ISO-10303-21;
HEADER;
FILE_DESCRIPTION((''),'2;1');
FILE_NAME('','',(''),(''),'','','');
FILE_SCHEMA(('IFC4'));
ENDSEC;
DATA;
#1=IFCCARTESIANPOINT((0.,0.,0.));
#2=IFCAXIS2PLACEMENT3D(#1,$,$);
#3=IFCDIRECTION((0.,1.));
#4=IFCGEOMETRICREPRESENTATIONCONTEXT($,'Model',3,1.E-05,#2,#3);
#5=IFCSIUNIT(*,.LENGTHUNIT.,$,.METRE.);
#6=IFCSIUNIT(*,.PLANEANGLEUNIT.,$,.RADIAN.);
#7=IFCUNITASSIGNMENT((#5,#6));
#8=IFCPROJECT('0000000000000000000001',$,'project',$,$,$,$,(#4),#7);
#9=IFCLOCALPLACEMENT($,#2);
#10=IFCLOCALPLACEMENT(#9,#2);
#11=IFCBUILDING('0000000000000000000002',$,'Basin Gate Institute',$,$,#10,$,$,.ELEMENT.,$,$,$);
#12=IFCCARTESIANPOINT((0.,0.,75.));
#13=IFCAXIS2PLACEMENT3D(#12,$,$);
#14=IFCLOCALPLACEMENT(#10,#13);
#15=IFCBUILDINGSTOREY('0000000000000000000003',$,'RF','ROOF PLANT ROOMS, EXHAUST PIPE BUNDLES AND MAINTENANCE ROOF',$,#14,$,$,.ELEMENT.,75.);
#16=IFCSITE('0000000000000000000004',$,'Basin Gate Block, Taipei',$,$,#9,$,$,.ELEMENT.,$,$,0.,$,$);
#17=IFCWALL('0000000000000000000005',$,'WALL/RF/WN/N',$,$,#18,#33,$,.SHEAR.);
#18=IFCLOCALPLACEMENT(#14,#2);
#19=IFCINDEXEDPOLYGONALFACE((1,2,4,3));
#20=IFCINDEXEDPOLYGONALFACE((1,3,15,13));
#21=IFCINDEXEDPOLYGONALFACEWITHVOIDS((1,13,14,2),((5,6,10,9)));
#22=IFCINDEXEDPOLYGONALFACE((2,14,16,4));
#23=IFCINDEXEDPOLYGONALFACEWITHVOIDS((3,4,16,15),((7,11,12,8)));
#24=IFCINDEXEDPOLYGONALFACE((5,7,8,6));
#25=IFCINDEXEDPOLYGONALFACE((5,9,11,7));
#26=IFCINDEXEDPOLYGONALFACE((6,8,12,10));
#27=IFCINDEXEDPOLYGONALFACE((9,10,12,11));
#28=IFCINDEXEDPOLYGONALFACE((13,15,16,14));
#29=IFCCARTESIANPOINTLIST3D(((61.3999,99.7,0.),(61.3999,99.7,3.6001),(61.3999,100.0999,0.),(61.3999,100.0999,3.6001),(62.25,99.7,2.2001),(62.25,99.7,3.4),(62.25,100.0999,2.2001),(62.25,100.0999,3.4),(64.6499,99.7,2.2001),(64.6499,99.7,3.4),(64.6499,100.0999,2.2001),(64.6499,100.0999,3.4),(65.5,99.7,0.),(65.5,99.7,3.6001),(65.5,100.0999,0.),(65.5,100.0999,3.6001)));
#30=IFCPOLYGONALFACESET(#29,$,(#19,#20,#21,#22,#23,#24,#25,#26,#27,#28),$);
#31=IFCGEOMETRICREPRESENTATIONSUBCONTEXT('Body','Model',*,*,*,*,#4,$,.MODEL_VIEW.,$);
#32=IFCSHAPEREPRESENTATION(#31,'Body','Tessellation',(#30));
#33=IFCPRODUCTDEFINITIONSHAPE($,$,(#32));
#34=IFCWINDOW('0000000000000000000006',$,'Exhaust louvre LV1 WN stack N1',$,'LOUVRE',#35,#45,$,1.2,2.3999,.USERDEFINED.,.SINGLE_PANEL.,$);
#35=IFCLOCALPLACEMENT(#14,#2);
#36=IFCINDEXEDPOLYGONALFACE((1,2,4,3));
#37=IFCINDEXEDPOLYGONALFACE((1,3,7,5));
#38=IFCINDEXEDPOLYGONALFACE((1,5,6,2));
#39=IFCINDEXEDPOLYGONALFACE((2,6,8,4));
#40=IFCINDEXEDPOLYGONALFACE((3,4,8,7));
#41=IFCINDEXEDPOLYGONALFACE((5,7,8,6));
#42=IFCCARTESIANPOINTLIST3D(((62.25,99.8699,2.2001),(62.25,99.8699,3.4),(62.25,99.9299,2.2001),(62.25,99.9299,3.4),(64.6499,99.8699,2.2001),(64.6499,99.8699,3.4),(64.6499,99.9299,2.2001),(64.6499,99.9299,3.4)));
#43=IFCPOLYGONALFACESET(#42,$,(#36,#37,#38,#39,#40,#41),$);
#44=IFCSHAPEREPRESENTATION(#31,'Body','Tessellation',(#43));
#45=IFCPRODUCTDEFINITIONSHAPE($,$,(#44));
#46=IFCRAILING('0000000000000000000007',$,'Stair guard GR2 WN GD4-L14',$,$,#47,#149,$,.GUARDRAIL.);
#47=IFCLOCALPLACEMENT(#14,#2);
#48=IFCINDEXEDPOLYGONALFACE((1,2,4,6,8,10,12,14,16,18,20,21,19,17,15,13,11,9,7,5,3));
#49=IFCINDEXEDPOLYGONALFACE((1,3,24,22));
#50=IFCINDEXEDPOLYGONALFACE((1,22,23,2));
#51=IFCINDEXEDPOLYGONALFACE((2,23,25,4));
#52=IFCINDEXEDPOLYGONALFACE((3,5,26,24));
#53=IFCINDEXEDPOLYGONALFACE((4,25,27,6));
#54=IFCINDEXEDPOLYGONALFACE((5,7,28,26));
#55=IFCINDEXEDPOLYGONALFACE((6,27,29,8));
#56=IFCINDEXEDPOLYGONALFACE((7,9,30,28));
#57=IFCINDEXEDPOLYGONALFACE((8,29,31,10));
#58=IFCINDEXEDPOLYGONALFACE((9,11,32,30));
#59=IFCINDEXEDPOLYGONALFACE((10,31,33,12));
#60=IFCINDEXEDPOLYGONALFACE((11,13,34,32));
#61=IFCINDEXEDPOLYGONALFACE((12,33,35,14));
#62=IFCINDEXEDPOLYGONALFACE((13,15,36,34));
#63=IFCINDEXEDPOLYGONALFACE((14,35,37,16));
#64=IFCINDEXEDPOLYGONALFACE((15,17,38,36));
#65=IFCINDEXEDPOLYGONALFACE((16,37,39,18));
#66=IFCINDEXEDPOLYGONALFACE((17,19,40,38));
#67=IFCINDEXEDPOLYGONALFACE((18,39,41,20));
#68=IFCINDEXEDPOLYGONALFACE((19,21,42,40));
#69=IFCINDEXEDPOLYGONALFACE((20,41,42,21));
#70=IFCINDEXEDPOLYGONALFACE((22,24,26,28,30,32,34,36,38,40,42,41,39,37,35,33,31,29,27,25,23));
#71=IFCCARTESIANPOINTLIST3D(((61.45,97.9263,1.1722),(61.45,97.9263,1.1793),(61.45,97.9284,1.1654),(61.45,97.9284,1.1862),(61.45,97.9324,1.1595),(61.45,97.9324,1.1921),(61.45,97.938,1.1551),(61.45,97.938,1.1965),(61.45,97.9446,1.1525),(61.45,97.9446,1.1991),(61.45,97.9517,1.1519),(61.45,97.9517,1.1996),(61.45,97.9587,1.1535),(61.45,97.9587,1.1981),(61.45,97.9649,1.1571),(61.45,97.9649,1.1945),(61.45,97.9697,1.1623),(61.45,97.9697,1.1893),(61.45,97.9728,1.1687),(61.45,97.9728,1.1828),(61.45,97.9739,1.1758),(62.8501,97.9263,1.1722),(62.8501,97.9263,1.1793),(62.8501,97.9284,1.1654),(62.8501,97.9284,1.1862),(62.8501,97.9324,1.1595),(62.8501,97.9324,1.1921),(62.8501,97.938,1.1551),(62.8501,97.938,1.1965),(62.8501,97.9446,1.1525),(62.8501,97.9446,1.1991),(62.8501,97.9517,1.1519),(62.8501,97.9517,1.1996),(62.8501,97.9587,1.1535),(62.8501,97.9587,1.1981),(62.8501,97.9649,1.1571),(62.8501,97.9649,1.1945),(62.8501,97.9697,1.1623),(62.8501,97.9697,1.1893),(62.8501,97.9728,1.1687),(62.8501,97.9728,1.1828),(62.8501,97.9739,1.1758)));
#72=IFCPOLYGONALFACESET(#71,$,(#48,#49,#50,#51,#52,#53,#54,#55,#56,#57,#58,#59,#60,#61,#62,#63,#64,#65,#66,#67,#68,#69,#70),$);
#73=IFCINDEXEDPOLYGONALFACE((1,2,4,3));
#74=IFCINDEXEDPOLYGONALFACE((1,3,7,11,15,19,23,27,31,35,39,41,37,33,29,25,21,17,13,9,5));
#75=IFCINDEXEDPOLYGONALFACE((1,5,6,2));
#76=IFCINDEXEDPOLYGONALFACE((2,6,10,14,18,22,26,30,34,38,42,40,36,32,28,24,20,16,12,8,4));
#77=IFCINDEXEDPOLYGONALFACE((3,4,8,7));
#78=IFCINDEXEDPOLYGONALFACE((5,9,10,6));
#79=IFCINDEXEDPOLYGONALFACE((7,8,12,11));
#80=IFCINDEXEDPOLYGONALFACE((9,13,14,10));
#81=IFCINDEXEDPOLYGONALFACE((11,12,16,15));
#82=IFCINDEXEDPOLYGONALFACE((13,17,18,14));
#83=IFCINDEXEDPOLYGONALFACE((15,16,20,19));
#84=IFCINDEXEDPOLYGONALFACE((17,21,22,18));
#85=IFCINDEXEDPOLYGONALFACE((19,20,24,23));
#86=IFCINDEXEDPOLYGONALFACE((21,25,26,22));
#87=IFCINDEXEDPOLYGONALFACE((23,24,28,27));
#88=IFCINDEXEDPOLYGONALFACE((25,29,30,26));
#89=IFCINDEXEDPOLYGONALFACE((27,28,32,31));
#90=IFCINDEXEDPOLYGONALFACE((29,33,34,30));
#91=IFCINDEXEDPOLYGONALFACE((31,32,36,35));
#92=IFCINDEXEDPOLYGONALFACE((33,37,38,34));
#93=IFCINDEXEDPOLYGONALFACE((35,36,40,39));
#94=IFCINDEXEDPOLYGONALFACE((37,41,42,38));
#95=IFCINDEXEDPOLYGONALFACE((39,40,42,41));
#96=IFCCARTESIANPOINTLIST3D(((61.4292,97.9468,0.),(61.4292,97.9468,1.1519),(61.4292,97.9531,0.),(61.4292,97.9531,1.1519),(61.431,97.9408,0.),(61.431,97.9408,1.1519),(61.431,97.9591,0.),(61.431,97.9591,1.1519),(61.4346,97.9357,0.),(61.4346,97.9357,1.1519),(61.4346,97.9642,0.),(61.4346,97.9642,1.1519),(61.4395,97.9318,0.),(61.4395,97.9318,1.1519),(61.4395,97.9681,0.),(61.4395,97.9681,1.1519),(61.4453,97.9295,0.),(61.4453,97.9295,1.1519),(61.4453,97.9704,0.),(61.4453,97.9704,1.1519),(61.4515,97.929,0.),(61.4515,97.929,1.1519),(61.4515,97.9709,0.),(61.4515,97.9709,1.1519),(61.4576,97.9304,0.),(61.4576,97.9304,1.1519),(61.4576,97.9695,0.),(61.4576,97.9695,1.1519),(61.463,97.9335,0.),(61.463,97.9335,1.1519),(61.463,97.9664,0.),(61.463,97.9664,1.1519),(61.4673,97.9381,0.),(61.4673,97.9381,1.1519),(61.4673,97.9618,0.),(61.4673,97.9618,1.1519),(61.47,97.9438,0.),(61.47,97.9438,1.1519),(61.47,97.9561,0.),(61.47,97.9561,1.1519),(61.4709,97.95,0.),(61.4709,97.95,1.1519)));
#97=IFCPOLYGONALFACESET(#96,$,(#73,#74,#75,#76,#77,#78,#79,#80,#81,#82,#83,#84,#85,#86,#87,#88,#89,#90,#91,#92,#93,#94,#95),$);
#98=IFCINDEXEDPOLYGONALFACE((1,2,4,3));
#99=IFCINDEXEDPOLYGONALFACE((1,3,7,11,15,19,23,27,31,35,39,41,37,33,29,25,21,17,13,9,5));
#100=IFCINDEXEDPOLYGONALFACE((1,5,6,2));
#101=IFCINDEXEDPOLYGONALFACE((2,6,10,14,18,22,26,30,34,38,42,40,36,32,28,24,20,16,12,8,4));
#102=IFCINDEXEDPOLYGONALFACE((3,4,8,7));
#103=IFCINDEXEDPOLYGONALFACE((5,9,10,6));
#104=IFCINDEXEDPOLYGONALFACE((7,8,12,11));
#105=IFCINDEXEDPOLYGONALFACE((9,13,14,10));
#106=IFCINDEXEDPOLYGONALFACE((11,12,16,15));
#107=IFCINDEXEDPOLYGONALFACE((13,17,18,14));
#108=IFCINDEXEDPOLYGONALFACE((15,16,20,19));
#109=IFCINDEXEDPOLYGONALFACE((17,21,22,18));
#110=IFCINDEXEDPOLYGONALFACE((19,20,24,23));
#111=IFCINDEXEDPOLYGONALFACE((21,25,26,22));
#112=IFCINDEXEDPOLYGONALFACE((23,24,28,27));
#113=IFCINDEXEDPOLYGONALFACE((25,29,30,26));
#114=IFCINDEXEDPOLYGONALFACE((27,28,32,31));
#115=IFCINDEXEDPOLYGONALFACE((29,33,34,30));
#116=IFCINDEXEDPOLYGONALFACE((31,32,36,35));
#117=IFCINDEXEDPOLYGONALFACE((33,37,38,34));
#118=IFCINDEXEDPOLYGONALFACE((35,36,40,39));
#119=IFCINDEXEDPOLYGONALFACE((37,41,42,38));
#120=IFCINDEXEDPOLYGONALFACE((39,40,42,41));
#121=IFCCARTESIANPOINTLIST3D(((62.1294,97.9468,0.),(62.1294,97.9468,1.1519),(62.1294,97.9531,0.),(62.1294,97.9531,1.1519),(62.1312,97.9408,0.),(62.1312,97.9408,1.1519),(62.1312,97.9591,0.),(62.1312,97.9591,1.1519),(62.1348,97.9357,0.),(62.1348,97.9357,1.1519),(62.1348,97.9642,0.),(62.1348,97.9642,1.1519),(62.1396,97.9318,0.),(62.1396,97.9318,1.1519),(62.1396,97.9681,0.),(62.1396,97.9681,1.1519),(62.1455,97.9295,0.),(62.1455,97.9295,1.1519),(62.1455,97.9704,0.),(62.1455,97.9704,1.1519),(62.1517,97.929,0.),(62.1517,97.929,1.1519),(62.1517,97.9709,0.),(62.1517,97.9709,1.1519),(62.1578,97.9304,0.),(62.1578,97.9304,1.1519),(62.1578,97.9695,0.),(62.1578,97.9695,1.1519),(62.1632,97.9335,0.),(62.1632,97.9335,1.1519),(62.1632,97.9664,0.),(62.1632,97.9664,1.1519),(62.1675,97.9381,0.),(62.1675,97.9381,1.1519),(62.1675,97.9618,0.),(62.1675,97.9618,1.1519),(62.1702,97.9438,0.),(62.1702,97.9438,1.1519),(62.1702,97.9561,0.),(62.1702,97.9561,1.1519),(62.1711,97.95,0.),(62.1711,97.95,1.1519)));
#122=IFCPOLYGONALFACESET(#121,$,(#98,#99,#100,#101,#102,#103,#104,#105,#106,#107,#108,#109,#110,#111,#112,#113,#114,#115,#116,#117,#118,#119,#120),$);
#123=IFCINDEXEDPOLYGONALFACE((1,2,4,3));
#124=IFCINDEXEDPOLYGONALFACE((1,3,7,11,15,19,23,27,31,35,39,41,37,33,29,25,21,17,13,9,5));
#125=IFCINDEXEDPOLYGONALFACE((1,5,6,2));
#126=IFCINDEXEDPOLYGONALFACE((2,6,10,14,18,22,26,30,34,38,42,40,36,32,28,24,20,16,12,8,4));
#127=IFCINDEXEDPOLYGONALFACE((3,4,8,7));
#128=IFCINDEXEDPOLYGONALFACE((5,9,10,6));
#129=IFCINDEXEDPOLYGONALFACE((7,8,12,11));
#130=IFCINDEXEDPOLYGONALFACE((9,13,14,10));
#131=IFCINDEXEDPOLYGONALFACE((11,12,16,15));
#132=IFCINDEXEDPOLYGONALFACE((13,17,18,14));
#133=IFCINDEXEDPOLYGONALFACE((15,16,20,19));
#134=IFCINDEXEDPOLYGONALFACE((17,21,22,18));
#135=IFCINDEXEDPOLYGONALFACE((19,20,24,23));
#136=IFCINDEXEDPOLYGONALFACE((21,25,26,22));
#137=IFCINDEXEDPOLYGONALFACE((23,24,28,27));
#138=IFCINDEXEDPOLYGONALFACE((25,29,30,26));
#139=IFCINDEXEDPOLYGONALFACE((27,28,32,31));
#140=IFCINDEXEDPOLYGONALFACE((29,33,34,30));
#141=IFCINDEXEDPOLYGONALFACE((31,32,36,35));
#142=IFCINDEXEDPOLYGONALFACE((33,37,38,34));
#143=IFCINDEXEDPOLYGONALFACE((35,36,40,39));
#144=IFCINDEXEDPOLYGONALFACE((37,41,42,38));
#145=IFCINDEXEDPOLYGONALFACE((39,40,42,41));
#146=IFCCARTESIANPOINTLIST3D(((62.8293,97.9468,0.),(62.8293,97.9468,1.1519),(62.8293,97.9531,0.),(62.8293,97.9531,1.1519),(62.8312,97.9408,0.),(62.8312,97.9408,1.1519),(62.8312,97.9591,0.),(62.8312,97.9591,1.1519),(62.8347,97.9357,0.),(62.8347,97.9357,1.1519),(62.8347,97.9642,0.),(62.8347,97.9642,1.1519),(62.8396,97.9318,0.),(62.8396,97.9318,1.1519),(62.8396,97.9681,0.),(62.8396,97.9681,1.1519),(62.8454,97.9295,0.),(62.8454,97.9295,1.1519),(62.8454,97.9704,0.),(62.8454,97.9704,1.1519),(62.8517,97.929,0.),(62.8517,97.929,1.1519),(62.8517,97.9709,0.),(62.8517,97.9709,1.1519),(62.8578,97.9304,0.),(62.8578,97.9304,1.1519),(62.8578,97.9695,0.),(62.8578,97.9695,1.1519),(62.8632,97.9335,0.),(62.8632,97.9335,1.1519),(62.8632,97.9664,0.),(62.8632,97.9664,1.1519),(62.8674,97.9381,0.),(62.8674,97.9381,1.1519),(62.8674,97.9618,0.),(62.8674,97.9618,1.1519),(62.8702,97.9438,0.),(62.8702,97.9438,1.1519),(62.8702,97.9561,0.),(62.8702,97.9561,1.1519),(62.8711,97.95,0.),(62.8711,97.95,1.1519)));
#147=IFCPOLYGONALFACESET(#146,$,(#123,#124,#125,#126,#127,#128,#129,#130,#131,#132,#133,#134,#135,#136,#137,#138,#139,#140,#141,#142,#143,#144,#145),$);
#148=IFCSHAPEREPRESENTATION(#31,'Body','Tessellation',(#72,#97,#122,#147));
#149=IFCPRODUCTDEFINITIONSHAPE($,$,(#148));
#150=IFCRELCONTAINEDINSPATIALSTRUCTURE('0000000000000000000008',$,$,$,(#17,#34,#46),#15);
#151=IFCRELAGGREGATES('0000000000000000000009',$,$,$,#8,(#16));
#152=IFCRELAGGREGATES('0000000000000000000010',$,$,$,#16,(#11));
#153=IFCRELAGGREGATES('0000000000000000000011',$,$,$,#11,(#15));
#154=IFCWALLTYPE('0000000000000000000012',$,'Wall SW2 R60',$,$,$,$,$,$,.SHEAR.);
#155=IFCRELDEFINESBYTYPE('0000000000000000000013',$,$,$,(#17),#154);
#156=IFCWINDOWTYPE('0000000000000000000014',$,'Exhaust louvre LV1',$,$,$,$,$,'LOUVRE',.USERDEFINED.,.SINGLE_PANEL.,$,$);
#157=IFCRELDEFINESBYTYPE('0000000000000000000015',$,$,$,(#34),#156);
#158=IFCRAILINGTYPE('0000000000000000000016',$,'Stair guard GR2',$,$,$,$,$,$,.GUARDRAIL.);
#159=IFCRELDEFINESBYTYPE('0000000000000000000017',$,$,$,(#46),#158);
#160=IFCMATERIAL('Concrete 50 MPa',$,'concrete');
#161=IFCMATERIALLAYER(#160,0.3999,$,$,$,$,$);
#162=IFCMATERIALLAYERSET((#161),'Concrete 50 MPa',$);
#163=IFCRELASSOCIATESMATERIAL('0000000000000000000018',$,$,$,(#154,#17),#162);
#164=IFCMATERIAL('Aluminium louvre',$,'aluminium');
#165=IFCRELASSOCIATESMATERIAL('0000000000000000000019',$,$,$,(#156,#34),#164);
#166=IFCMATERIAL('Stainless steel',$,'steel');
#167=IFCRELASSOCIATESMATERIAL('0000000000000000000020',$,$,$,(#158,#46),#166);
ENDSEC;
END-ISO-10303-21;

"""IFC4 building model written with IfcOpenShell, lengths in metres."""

from ifc_helpers import new_model, si_unit, direction, frame, frame_2d, origin, origin_2d, place, context, subcontext, project, spatial, rectangle, circle, extrude, material, layer, layer_set, type_object, element, fill, save


model = new_model("IFC4")

# Units and contexts
model_context = context("Model", 3, precision=1e-05, world=origin(), true_north=direction((0.0, 1.0)))
body_context = subcontext(model_context, "Body", "Model", "MODEL_VIEW")
ifc_project = project(units=[si_unit("LENGTHUNIT", "METRE"), si_unit("PLANEANGLEUNIT", "RADIAN")], contexts=[model_context])

# Site, building, storey
site_placement = place(None, origin())
site = spatial("IfcSite", under=ifc_project, at=site_placement, Name="Basin Gate Block, Taipei", CompositionType="ELEMENT", RefElevation=0.0)
building_placement = place(site_placement, origin())
building = spatial("IfcBuilding", under=site, at=building_placement, Name="Basin Gate Institute", CompositionType="ELEMENT")
storey_placement = place(building_placement, frame((0.0, 0.0, 75.0)))
storey = spatial("IfcBuildingStorey", under=building, at=storey_placement, Name="RF", Description="ROOF PLANT ROOMS, EXHAUST PIPE BUNDLES AND MAINTENANCE ROOF", CompositionType="ELEMENT", Elevation=75.0)

# Wall, opening, window
ifc_material_1 = material(Name="Concrete 50 MPa", Category="concrete")
ifc_layer_1 = layer(ifc_material_1, 0.3999)
ifc_layer_set_1 = layer_set([ifc_layer_1], Name="Concrete 50 MPa")
wall_type_1 = type_object("IfcWallType", Name="Wall SW2 R60", PredefinedType="SHEAR", material=ifc_layer_set_1)
ifc_material_2 = material(Name="Aluminium louvre", Category="aluminium")
window_type = type_object("IfcWindowType", Name="Exhaust louvre LV1", ElementType="LOUVRE", PartitioningType="SINGLE_PANEL", PredefinedType="USERDEFINED", material=ifc_material_2)
wall_1_placement = place(storey_placement, frame((61.3999, 99.8999, 0.0), z_axis=(0.0, 0.0, 1.0), x_axis=(1.0, 0.0, 0.0)))
wall_1 = element("IfcWall", 1, at=wall_1_placement, inside=storey, type_object=wall_type_1, material=ifc_layer_set_1, Name="WALL/RF/WN/N", PredefinedType="SHEAR", context=body_context, shape_type="SweptSolid", body=[
    extrude(rectangle(XDim=4.1001, YDim=0.3999, at=frame_2d((2.05, 0.0))), origin(), (0.0, 0.0, 1.0), 3.6001),
])
opening_1_placement = place(wall_1_placement, frame((0.8501, 0.0, 2.2)))
opening_1 = element("IfcOpeningElement", 2, at=opening_1_placement, cuts=wall_1, PredefinedType="OPENING", context=body_context, shape_type="SweptSolid", body=[
    extrude(rectangle(XDim=2.3999, YDim=1.2, at=frame_2d((1.2, 0.6001))), frame((0.0, 0.21, 0.0), z_axis=(0.0, -1.0, 0.0), x_axis=(1.0, 0.0, 0.0)), (0.0, 0.0, 1.0), 0.4199),
])
window_1_placement = place(opening_1_placement, origin())
window_1 = element("IfcWindow", 3, at=window_1_placement, inside=storey, type_object=window_type, material=ifc_material_2, Name="Exhaust louvre LV1 WN stack N1", ObjectType="LOUVRE", OverallHeight=1.2, OverallWidth=2.3999, PartitioningType="SINGLE_PANEL", PredefinedType="USERDEFINED", context=body_context, shape_type="SweptSolid", body=[
    extrude(rectangle(XDim=2.3999, YDim=1.2, at=frame_2d((1.2, 0.6001))), frame((0.0, 0.03, 0.0), z_axis=(0.0, -1.0, 0.0), x_axis=(1.0, 0.0, 0.0)), (0.0, 0.0, 1.0), 0.0601),
])
fill(opening_1, window_1)

# Railing
ifc_material_3 = material(Name="Stainless steel", Category="steel")
railing_type = type_object("IfcRailingType", Name="Stair guard GR2", PredefinedType="GUARDRAIL", material=ifc_material_3)
railing_1_placement = place(storey_placement, frame((61.45, 97.95, 0.0)))
element("IfcRailing", 4, at=railing_1_placement, inside=storey, type_object=railing_type, material=ifc_material_3, Name="Stair guard GR2 WN GD4-L14", PredefinedType="GUARDRAIL", context=body_context, shape_type="SweptSolid", body=[
    extrude(circle(Radius=0.0239, at=origin_2d()), frame((0.0, 0.0, 1.1758), z_axis=(1.0, 0.0, 0.0), x_axis=(0.0, 1.0, 0.0)), (0.0, 0.0, 1.0), 1.4001),
    extrude(circle(Radius=0.021, at=origin_2d()), origin(), (0.0, 0.0, 1.0), 1.1519),
    extrude(circle(Radius=0.021, at=origin_2d()), frame((0.7002, 0.0, 0.0)), (0.0, 0.0, 1.0), 1.1519),
    extrude(circle(Radius=0.021, at=origin_2d()), frame((1.4001, 0.0, 0.0)), (0.0, 0.0, 1.0), 1.1519),
])

save(model, "model.ifc")
